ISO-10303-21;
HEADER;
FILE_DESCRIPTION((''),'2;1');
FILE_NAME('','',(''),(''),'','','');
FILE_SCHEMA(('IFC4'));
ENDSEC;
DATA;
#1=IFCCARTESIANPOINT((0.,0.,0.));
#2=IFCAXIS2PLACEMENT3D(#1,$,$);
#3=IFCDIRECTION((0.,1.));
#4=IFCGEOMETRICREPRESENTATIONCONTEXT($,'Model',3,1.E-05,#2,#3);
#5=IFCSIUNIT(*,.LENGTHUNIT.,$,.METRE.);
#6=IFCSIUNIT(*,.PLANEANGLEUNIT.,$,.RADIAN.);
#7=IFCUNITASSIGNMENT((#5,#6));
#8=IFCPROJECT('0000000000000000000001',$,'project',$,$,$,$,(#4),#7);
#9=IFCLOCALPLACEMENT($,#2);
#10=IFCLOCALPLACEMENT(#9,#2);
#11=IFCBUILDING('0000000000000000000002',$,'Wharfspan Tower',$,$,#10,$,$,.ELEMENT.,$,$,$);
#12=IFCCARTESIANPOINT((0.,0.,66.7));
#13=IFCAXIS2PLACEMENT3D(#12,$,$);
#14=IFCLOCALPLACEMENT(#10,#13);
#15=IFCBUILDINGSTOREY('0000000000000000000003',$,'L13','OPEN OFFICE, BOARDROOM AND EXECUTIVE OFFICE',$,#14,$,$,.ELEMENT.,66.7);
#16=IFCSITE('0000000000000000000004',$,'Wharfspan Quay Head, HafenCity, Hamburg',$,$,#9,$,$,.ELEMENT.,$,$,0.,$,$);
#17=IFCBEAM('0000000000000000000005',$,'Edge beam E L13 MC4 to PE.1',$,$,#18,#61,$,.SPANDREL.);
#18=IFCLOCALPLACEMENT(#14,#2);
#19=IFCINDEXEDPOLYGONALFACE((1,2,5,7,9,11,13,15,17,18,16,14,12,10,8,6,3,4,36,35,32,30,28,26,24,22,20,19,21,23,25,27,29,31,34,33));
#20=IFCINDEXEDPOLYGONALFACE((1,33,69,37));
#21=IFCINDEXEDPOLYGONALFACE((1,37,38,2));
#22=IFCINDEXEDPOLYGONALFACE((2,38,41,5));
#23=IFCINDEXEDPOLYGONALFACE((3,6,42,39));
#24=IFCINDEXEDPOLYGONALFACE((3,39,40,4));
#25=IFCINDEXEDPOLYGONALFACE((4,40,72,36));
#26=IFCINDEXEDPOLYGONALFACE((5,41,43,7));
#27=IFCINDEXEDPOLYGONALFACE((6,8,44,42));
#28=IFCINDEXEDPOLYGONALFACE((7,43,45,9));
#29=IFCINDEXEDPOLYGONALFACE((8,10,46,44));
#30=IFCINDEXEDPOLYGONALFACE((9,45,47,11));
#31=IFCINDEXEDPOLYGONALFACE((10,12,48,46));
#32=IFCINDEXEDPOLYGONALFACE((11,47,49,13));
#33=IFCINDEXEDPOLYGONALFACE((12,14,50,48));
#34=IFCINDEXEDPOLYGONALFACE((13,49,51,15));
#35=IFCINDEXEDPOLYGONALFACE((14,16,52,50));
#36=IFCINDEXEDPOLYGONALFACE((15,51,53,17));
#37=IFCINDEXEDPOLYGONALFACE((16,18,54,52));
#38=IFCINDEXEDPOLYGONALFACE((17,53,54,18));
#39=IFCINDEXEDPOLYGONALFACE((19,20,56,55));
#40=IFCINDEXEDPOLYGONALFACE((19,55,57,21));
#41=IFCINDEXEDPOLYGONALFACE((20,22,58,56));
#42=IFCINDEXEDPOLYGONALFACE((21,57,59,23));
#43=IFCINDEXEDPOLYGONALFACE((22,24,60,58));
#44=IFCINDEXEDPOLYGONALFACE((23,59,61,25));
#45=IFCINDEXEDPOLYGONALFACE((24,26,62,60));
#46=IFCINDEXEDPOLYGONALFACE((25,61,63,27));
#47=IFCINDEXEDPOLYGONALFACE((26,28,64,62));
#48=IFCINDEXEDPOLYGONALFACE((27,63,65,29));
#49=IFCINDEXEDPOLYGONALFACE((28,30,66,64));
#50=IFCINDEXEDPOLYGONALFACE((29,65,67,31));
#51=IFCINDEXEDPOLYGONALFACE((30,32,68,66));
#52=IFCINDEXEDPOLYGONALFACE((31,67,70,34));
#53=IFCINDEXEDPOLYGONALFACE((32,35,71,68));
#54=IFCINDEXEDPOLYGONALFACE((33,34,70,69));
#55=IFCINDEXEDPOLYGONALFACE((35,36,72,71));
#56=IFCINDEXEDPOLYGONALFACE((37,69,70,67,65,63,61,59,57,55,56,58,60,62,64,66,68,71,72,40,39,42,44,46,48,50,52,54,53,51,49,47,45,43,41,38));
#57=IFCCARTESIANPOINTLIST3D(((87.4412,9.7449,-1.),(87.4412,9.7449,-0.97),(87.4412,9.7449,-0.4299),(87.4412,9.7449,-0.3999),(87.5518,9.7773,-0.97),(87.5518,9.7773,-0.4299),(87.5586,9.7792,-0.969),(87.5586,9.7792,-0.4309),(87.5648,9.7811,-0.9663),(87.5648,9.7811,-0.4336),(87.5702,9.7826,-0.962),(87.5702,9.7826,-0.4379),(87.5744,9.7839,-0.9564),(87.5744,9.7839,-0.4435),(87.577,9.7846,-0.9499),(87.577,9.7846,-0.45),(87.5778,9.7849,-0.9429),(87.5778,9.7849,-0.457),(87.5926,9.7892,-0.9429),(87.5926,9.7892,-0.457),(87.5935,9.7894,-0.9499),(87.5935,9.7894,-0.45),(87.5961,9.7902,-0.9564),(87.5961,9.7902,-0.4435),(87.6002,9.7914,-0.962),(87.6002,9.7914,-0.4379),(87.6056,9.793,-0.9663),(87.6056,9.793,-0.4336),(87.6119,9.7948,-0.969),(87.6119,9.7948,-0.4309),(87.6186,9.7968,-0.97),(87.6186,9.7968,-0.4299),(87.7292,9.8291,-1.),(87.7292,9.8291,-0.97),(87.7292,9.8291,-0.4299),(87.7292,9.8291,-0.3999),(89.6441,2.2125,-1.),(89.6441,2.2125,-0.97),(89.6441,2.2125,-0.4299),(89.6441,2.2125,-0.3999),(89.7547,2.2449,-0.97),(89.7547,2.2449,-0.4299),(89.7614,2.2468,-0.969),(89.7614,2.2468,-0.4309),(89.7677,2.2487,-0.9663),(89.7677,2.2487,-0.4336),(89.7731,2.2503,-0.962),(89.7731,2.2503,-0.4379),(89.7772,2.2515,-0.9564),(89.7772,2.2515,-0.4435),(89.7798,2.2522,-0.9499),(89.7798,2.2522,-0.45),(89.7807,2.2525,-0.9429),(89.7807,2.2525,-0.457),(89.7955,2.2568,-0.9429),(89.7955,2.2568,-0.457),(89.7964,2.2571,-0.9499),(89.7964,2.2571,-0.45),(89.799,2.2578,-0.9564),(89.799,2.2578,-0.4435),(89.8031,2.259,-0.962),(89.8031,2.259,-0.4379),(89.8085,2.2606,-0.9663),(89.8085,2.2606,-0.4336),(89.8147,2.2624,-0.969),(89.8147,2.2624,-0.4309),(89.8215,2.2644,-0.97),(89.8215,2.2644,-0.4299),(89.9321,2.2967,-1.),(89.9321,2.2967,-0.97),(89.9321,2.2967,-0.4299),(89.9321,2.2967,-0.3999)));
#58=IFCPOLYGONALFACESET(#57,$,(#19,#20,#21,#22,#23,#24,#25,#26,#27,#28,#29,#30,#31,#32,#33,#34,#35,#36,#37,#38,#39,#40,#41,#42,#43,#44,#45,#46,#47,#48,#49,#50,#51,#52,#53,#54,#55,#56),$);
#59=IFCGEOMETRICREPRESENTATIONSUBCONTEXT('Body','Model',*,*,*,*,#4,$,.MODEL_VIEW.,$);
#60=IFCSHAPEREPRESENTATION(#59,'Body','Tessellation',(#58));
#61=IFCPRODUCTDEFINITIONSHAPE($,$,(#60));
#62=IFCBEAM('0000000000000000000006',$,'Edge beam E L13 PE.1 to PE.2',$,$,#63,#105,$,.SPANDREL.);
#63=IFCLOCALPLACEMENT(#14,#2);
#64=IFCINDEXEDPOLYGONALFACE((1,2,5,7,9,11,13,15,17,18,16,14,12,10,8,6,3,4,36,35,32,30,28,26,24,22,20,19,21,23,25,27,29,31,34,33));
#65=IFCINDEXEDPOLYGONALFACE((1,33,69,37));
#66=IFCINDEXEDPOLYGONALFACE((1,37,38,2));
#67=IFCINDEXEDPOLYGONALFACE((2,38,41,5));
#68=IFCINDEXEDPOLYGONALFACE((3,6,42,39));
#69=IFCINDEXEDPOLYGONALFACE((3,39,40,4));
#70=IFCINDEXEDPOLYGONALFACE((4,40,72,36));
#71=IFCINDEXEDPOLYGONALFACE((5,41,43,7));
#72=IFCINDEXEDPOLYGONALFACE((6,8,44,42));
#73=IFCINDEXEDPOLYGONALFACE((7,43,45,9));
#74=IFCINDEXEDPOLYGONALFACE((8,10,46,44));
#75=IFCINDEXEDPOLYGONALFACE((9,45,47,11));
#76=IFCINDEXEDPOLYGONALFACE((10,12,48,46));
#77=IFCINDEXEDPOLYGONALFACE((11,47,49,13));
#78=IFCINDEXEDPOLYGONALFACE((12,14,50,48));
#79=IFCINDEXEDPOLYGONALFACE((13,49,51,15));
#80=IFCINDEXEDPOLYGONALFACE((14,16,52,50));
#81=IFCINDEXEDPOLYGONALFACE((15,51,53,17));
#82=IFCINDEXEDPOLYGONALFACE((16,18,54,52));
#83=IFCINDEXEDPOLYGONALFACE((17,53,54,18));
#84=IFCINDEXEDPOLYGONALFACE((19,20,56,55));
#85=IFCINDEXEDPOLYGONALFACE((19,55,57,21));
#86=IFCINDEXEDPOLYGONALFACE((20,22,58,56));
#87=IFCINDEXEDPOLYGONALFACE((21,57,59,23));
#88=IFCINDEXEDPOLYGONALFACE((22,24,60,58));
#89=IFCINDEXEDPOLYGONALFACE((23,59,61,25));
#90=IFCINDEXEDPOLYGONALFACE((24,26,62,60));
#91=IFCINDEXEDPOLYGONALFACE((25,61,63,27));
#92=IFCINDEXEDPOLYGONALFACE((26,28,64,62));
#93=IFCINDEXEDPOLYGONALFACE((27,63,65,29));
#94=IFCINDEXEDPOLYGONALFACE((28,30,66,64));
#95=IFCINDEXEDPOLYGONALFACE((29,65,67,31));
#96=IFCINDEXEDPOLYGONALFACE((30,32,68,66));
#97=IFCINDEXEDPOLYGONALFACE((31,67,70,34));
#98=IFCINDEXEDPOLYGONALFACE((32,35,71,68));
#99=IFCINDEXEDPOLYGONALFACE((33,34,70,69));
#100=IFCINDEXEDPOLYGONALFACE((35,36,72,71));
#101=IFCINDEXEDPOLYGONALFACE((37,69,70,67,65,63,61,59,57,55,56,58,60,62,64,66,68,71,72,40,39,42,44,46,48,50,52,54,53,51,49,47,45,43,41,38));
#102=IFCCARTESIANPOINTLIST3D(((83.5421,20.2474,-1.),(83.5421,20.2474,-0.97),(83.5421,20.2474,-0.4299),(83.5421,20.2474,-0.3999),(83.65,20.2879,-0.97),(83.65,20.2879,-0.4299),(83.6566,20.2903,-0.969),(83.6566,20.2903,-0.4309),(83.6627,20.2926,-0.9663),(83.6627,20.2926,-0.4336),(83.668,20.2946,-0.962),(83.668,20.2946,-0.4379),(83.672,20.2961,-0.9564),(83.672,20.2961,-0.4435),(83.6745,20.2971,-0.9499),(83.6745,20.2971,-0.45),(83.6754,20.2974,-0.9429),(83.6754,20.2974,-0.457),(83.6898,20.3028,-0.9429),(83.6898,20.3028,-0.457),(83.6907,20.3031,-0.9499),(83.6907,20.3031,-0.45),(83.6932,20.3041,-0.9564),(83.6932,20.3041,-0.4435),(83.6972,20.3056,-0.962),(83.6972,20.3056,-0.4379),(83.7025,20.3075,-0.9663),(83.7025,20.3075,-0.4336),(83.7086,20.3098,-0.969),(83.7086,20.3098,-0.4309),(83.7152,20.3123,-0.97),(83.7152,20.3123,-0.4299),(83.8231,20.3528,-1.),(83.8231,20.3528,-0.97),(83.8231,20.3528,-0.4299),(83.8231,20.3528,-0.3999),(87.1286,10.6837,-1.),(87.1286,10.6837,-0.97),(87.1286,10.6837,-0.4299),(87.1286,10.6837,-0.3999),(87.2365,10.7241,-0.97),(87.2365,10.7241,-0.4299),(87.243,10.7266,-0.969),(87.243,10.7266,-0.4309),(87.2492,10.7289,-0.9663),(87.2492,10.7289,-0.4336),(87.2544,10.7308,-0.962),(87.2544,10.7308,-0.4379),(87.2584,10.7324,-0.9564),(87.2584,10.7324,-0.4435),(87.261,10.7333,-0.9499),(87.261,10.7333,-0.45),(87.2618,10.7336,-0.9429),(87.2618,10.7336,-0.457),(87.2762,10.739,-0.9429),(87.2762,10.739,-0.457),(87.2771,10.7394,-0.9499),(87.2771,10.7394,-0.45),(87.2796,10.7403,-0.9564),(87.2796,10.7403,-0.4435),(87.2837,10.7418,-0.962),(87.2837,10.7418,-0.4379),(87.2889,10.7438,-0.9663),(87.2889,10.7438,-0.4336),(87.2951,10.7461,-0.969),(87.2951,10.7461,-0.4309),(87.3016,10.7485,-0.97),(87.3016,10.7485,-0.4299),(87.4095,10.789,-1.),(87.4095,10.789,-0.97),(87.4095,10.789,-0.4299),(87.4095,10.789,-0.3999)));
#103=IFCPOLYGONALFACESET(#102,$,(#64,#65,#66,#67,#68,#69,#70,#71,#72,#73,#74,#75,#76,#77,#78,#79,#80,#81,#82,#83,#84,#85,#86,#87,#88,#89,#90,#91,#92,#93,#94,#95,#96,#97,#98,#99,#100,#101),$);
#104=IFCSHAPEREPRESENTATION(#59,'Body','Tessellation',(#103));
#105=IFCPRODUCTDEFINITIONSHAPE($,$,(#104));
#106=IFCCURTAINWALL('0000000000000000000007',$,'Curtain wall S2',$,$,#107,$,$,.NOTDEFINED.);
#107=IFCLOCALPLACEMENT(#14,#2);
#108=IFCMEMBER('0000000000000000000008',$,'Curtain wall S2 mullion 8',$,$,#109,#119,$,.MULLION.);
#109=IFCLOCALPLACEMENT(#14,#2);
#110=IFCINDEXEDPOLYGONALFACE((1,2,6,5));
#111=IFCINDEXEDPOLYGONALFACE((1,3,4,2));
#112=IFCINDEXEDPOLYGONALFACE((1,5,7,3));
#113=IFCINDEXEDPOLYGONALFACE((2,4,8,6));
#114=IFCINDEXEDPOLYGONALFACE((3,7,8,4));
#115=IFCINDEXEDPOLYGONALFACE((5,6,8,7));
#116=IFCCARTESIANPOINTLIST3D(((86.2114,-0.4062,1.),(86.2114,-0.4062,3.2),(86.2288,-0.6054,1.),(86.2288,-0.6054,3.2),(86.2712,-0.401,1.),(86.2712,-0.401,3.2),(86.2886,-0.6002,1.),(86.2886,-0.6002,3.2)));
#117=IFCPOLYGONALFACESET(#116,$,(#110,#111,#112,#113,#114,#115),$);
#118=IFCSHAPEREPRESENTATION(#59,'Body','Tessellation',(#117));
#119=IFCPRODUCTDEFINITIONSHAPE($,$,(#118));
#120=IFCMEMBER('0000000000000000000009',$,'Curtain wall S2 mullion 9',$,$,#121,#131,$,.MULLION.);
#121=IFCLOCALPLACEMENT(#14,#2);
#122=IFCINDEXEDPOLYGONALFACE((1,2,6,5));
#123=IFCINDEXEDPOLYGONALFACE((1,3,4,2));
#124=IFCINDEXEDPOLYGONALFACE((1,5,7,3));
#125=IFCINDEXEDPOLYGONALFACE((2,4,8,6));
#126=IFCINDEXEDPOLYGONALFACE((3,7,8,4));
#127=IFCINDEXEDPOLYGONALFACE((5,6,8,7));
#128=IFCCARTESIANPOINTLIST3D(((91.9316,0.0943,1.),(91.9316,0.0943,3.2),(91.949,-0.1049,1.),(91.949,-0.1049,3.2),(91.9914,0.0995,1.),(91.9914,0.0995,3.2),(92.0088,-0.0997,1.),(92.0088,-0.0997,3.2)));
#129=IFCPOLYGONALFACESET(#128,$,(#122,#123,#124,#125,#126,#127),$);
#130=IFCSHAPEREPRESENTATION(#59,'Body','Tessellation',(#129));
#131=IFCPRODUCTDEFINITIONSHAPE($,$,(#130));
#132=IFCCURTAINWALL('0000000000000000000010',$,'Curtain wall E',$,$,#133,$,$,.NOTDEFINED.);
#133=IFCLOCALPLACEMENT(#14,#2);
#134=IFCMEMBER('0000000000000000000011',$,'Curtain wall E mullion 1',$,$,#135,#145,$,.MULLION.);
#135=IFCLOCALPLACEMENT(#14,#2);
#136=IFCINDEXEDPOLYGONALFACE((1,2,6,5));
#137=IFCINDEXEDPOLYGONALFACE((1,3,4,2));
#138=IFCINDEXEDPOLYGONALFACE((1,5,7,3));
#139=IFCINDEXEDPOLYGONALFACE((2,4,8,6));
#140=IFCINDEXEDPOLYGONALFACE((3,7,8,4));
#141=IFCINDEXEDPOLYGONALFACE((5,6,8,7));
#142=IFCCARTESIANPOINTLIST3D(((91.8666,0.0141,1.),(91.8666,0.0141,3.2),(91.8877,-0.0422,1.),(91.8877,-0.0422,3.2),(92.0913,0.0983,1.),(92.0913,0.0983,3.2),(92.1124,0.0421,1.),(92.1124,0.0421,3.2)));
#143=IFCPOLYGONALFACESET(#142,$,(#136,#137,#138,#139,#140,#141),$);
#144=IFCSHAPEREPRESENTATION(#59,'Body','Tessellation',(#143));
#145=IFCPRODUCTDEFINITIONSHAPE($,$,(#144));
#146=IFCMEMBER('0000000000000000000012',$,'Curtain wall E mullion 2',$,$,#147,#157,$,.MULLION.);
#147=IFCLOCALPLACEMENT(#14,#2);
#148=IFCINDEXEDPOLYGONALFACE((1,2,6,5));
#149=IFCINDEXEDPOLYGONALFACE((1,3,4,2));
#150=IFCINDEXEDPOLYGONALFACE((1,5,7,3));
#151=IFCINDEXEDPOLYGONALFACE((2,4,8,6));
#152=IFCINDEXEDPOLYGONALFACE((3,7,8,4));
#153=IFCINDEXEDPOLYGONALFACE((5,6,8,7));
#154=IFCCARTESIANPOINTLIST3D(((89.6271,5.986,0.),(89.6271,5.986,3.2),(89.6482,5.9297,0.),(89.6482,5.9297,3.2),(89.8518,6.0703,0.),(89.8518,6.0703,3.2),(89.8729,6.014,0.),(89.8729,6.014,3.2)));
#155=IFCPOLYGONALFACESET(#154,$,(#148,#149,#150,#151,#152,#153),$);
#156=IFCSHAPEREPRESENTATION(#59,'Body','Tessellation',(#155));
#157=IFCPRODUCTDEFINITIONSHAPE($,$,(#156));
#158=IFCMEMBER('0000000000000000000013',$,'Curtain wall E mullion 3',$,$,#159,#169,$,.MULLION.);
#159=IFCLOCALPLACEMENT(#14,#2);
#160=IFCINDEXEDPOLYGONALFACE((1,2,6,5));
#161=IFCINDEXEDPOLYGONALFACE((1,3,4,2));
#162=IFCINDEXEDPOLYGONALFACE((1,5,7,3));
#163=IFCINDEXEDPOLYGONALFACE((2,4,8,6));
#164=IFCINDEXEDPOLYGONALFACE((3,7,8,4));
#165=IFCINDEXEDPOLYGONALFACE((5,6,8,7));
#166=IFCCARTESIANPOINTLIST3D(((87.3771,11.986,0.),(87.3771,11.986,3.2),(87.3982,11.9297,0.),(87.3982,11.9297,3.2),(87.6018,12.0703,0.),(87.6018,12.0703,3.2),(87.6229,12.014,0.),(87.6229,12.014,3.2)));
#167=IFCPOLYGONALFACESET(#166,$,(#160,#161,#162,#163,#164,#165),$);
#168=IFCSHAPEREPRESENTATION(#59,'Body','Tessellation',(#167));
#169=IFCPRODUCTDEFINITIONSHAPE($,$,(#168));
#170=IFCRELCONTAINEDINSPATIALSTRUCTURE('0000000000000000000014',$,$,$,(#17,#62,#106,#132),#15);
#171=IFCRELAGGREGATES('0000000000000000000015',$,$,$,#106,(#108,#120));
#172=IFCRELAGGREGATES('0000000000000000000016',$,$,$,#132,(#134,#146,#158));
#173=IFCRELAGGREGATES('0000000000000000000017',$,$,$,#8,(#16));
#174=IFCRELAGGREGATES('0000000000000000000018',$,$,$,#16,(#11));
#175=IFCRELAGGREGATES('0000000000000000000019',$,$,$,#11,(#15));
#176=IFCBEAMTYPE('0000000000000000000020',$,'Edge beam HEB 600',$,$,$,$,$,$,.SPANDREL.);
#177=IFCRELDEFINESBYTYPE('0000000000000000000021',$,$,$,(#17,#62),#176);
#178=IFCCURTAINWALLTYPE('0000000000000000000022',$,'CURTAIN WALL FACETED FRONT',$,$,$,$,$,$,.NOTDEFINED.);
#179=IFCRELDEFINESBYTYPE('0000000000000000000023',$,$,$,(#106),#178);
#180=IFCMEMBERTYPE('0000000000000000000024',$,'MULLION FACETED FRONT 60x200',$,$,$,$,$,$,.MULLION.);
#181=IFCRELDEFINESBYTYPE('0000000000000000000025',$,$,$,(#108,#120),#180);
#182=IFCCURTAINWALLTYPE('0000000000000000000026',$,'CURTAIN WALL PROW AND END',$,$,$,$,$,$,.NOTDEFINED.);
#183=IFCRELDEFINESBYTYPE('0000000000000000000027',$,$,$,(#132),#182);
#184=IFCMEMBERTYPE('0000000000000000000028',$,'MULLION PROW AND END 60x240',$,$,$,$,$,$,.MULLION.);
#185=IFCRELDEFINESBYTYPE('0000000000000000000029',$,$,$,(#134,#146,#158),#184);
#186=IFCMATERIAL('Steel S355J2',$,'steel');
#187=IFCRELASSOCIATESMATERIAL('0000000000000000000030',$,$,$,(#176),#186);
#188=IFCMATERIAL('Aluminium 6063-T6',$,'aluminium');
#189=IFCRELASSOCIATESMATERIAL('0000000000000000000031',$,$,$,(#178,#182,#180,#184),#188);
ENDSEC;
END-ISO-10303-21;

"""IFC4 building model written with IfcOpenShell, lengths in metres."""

from ifc_helpers import new_model, si_unit, direction, frame, origin, origin_2d, place, context, subcontext, project, spatial, rectangle, i_section, extrude, material, material_profile, profile_set, type_object, element, aggregate, save


model = new_model("IFC4")

# Units and contexts
model_context = context("Model", 3, precision=1e-05, world=origin(), true_north=direction((0.0, 1.0)))
body_context = subcontext(model_context, "Body", "Model", "MODEL_VIEW")
ifc_project = project(units=[si_unit("LENGTHUNIT", "METRE"), si_unit("PLANEANGLEUNIT", "RADIAN")], contexts=[model_context])

# Site, building, storey
site_placement = place(None, origin())
site = spatial("IfcSite", under=ifc_project, at=site_placement, Name="Wharfspan Quay Head, HafenCity, Hamburg", CompositionType="ELEMENT", RefElevation=0.0)
building_placement = place(site_placement, origin())
building = spatial("IfcBuilding", under=site, at=building_placement, Name="Wharfspan Tower", CompositionType="ELEMENT")
storey_placement = place(building_placement, frame((0.0, 0.0, 66.7)))
storey = spatial("IfcBuildingStorey", under=building, at=storey_placement, Name="L13", Description="OPEN OFFICE, BOARDROOM AND EXECUTIVE OFFICE", CompositionType="ELEMENT", Elevation=66.7)

# Shared definitions
ifc_material_1 = material(Name="Steel S355J2", Category="steel")

# Beams
ifc_material_profile_1 = material_profile(ifc_material_1, i_section(OverallWidth=0.3, OverallDepth=0.6001, WebThickness=0.0154, FlangeThickness=0.03, FilletRadius=0.0271, at=origin_2d()))
ifc_profile_set_1 = profile_set([ifc_material_profile_1], Name="Steel S355J2")
beam_type = type_object("IfcBeamType", Name="Edge beam HEB 600", PredefinedType="SPANDREL", material=ifc_profile_set_1)
beam_1_placement = place(storey_placement, frame((89.7881, 2.2546, -0.7), z_axis=(-0.280694, 0.959797, 0.0), x_axis=(-0.959797, -0.280694, 0.0)))
element("IfcBeam", 1, at=beam_1_placement, inside=storey, type_object=beam_type, Name="Edge beam E L13 MC4 to PE.1", PredefinedType="SPANDREL", context=body_context, shape_type="SweptSolid", body=[
    extrude(i_section(OverallWidth=0.3, OverallDepth=0.6001, WebThickness=0.0154, FlangeThickness=0.03, FilletRadius=0.0271, at=origin_2d()), origin(), (0.0, 0.0, 1.0), 7.8479),
])
beam_2_placement = place(storey_placement, frame((87.269, 10.7363, -0.7), z_axis=(-0.351126, 0.936328, 0.0), x_axis=(-0.936328, -0.351126, 0.0)))
element("IfcBeam", 2, at=beam_2_placement, inside=storey, type_object=beam_type, Name="Edge beam E L13 PE.1 to PE.2", PredefinedType="SPANDREL", context=body_context, shape_type="SweptSolid", body=[
    extrude(i_section(OverallWidth=0.3, OverallDepth=0.6001, WebThickness=0.0154, FlangeThickness=0.03, FilletRadius=0.0271, at=origin_2d()), origin(), (0.0, 0.0, 1.0), 10.2141),
])

# Curtain walls, members
ifc_material_2 = material(Name="Aluminium 6063-T6", Category="aluminium")
curtain_wall_type_1 = type_object("IfcCurtainWallType", Name="CURTAIN WALL FACETED FRONT", PredefinedType="NOTDEFINED", material=ifc_material_2)
curtain_wall_1_placement = place(storey_placement, origin())
curtain_wall_1 = element("IfcCurtainWall", 3, at=curtain_wall_1_placement, inside=storey, type_object=curtain_wall_type_1, Name="Curtain wall S2", PredefinedType="NOTDEFINED")
ifc_material_profile_2 = material_profile(ifc_material_2, rectangle(XDim=0.2, YDim=0.0601, at=origin_2d()))
ifc_profile_set_2 = profile_set([ifc_material_profile_2], Name="Aluminium 6063-T6")
member_type_1 = type_object("IfcMemberType", Name="MULLION FACETED FRONT 60x200", PredefinedType="MULLION", material=ifc_profile_set_2)
member_1_placement = place(storey_placement, frame((86.25, -0.5032, 1.0), z_axis=(0.0, 0.0, 1.0), x_axis=(-0.087156, 0.996197, 0.0)))
member_1 = element("IfcMember", 4, at=member_1_placement, type_object=member_type_1, Name="Curtain wall S2 mullion 8", PredefinedType="MULLION", context=body_context, shape_type="SweptSolid", body=[
    extrude(rectangle(XDim=0.2, YDim=0.0601, at=origin_2d()), origin(), (0.0, 0.0, 1.0), 2.2),
])
member_2_placement = place(storey_placement, frame((91.9702, -0.0027, 1.0), z_axis=(0.0, 0.0, 1.0), x_axis=(-0.087156, 0.996197, 0.0)))
member_2 = element("IfcMember", 5, at=member_2_placement, type_object=member_type_1, Name="Curtain wall S2 mullion 9", PredefinedType="MULLION", context=body_context, shape_type="SweptSolid", body=[
    extrude(rectangle(XDim=0.2, YDim=0.0601, at=origin_2d()), origin(), (0.0, 0.0, 1.0), 2.2),
])
curtain_wall_type_2 = type_object("IfcCurtainWallType", Name="CURTAIN WALL PROW AND END", PredefinedType="NOTDEFINED", material=ifc_material_2)
curtain_wall_2_placement = place(storey_placement, origin())
curtain_wall_2 = element("IfcCurtainWall", 6, at=curtain_wall_2_placement, inside=storey, type_object=curtain_wall_type_2, Name="Curtain wall E", PredefinedType="NOTDEFINED")
ifc_material_profile_3 = material_profile(ifc_material_2, rectangle(XDim=0.24, YDim=0.0601, at=origin_2d()))
ifc_profile_set_3 = profile_set([ifc_material_profile_3], Name="Aluminium 6063-T6")
member_type_2 = type_object("IfcMemberType", Name="MULLION PROW AND END 60x240", PredefinedType="MULLION", material=ifc_profile_set_3)
member_3_placement = place(storey_placement, frame((91.9895, 0.0281, 1.0), z_axis=(0.0, 0.0, 1.0), x_axis=(-0.936328, -0.351123, 0.0)))
member_3 = element("IfcMember", 7, at=member_3_placement, type_object=member_type_2, Name="Curtain wall E mullion 1", PredefinedType="MULLION", context=body_context, shape_type="SweptSolid", body=[
    extrude(rectangle(XDim=0.24, YDim=0.0601, at=origin_2d()), origin(), (0.0, 0.0, 1.0), 2.2),
])
member_4_placement = place(storey_placement, frame((89.75, 6.0, 0.0), z_axis=(0.0, 0.0, 1.0), x_axis=(-0.936328, -0.351123, 0.0)))
member_4 = element("IfcMember", 8, at=member_4_placement, type_object=member_type_2, Name="Curtain wall E mullion 2", PredefinedType="MULLION", context=body_context, shape_type="SweptSolid", body=[
    extrude(rectangle(XDim=0.24, YDim=0.0601, at=origin_2d()), origin(), (0.0, 0.0, 1.0), 3.2),
])
member_5_placement = place(storey_placement, frame((87.5, 12.0, 0.0), z_axis=(0.0, 0.0, 1.0), x_axis=(-0.936328, -0.351123, 0.0)))
member_5 = element("IfcMember", 9, at=member_5_placement, type_object=member_type_2, Name="Curtain wall E mullion 3", PredefinedType="MULLION", context=body_context, shape_type="SweptSolid", body=[
    extrude(rectangle(XDim=0.24, YDim=0.0601, at=origin_2d()), origin(), (0.0, 0.0, 1.0), 3.2),
])

aggregate(curtain_wall_1, [member_1, member_2])
aggregate(curtain_wall_2, [member_3, member_4, member_5])

save(model, "model.ifc")
